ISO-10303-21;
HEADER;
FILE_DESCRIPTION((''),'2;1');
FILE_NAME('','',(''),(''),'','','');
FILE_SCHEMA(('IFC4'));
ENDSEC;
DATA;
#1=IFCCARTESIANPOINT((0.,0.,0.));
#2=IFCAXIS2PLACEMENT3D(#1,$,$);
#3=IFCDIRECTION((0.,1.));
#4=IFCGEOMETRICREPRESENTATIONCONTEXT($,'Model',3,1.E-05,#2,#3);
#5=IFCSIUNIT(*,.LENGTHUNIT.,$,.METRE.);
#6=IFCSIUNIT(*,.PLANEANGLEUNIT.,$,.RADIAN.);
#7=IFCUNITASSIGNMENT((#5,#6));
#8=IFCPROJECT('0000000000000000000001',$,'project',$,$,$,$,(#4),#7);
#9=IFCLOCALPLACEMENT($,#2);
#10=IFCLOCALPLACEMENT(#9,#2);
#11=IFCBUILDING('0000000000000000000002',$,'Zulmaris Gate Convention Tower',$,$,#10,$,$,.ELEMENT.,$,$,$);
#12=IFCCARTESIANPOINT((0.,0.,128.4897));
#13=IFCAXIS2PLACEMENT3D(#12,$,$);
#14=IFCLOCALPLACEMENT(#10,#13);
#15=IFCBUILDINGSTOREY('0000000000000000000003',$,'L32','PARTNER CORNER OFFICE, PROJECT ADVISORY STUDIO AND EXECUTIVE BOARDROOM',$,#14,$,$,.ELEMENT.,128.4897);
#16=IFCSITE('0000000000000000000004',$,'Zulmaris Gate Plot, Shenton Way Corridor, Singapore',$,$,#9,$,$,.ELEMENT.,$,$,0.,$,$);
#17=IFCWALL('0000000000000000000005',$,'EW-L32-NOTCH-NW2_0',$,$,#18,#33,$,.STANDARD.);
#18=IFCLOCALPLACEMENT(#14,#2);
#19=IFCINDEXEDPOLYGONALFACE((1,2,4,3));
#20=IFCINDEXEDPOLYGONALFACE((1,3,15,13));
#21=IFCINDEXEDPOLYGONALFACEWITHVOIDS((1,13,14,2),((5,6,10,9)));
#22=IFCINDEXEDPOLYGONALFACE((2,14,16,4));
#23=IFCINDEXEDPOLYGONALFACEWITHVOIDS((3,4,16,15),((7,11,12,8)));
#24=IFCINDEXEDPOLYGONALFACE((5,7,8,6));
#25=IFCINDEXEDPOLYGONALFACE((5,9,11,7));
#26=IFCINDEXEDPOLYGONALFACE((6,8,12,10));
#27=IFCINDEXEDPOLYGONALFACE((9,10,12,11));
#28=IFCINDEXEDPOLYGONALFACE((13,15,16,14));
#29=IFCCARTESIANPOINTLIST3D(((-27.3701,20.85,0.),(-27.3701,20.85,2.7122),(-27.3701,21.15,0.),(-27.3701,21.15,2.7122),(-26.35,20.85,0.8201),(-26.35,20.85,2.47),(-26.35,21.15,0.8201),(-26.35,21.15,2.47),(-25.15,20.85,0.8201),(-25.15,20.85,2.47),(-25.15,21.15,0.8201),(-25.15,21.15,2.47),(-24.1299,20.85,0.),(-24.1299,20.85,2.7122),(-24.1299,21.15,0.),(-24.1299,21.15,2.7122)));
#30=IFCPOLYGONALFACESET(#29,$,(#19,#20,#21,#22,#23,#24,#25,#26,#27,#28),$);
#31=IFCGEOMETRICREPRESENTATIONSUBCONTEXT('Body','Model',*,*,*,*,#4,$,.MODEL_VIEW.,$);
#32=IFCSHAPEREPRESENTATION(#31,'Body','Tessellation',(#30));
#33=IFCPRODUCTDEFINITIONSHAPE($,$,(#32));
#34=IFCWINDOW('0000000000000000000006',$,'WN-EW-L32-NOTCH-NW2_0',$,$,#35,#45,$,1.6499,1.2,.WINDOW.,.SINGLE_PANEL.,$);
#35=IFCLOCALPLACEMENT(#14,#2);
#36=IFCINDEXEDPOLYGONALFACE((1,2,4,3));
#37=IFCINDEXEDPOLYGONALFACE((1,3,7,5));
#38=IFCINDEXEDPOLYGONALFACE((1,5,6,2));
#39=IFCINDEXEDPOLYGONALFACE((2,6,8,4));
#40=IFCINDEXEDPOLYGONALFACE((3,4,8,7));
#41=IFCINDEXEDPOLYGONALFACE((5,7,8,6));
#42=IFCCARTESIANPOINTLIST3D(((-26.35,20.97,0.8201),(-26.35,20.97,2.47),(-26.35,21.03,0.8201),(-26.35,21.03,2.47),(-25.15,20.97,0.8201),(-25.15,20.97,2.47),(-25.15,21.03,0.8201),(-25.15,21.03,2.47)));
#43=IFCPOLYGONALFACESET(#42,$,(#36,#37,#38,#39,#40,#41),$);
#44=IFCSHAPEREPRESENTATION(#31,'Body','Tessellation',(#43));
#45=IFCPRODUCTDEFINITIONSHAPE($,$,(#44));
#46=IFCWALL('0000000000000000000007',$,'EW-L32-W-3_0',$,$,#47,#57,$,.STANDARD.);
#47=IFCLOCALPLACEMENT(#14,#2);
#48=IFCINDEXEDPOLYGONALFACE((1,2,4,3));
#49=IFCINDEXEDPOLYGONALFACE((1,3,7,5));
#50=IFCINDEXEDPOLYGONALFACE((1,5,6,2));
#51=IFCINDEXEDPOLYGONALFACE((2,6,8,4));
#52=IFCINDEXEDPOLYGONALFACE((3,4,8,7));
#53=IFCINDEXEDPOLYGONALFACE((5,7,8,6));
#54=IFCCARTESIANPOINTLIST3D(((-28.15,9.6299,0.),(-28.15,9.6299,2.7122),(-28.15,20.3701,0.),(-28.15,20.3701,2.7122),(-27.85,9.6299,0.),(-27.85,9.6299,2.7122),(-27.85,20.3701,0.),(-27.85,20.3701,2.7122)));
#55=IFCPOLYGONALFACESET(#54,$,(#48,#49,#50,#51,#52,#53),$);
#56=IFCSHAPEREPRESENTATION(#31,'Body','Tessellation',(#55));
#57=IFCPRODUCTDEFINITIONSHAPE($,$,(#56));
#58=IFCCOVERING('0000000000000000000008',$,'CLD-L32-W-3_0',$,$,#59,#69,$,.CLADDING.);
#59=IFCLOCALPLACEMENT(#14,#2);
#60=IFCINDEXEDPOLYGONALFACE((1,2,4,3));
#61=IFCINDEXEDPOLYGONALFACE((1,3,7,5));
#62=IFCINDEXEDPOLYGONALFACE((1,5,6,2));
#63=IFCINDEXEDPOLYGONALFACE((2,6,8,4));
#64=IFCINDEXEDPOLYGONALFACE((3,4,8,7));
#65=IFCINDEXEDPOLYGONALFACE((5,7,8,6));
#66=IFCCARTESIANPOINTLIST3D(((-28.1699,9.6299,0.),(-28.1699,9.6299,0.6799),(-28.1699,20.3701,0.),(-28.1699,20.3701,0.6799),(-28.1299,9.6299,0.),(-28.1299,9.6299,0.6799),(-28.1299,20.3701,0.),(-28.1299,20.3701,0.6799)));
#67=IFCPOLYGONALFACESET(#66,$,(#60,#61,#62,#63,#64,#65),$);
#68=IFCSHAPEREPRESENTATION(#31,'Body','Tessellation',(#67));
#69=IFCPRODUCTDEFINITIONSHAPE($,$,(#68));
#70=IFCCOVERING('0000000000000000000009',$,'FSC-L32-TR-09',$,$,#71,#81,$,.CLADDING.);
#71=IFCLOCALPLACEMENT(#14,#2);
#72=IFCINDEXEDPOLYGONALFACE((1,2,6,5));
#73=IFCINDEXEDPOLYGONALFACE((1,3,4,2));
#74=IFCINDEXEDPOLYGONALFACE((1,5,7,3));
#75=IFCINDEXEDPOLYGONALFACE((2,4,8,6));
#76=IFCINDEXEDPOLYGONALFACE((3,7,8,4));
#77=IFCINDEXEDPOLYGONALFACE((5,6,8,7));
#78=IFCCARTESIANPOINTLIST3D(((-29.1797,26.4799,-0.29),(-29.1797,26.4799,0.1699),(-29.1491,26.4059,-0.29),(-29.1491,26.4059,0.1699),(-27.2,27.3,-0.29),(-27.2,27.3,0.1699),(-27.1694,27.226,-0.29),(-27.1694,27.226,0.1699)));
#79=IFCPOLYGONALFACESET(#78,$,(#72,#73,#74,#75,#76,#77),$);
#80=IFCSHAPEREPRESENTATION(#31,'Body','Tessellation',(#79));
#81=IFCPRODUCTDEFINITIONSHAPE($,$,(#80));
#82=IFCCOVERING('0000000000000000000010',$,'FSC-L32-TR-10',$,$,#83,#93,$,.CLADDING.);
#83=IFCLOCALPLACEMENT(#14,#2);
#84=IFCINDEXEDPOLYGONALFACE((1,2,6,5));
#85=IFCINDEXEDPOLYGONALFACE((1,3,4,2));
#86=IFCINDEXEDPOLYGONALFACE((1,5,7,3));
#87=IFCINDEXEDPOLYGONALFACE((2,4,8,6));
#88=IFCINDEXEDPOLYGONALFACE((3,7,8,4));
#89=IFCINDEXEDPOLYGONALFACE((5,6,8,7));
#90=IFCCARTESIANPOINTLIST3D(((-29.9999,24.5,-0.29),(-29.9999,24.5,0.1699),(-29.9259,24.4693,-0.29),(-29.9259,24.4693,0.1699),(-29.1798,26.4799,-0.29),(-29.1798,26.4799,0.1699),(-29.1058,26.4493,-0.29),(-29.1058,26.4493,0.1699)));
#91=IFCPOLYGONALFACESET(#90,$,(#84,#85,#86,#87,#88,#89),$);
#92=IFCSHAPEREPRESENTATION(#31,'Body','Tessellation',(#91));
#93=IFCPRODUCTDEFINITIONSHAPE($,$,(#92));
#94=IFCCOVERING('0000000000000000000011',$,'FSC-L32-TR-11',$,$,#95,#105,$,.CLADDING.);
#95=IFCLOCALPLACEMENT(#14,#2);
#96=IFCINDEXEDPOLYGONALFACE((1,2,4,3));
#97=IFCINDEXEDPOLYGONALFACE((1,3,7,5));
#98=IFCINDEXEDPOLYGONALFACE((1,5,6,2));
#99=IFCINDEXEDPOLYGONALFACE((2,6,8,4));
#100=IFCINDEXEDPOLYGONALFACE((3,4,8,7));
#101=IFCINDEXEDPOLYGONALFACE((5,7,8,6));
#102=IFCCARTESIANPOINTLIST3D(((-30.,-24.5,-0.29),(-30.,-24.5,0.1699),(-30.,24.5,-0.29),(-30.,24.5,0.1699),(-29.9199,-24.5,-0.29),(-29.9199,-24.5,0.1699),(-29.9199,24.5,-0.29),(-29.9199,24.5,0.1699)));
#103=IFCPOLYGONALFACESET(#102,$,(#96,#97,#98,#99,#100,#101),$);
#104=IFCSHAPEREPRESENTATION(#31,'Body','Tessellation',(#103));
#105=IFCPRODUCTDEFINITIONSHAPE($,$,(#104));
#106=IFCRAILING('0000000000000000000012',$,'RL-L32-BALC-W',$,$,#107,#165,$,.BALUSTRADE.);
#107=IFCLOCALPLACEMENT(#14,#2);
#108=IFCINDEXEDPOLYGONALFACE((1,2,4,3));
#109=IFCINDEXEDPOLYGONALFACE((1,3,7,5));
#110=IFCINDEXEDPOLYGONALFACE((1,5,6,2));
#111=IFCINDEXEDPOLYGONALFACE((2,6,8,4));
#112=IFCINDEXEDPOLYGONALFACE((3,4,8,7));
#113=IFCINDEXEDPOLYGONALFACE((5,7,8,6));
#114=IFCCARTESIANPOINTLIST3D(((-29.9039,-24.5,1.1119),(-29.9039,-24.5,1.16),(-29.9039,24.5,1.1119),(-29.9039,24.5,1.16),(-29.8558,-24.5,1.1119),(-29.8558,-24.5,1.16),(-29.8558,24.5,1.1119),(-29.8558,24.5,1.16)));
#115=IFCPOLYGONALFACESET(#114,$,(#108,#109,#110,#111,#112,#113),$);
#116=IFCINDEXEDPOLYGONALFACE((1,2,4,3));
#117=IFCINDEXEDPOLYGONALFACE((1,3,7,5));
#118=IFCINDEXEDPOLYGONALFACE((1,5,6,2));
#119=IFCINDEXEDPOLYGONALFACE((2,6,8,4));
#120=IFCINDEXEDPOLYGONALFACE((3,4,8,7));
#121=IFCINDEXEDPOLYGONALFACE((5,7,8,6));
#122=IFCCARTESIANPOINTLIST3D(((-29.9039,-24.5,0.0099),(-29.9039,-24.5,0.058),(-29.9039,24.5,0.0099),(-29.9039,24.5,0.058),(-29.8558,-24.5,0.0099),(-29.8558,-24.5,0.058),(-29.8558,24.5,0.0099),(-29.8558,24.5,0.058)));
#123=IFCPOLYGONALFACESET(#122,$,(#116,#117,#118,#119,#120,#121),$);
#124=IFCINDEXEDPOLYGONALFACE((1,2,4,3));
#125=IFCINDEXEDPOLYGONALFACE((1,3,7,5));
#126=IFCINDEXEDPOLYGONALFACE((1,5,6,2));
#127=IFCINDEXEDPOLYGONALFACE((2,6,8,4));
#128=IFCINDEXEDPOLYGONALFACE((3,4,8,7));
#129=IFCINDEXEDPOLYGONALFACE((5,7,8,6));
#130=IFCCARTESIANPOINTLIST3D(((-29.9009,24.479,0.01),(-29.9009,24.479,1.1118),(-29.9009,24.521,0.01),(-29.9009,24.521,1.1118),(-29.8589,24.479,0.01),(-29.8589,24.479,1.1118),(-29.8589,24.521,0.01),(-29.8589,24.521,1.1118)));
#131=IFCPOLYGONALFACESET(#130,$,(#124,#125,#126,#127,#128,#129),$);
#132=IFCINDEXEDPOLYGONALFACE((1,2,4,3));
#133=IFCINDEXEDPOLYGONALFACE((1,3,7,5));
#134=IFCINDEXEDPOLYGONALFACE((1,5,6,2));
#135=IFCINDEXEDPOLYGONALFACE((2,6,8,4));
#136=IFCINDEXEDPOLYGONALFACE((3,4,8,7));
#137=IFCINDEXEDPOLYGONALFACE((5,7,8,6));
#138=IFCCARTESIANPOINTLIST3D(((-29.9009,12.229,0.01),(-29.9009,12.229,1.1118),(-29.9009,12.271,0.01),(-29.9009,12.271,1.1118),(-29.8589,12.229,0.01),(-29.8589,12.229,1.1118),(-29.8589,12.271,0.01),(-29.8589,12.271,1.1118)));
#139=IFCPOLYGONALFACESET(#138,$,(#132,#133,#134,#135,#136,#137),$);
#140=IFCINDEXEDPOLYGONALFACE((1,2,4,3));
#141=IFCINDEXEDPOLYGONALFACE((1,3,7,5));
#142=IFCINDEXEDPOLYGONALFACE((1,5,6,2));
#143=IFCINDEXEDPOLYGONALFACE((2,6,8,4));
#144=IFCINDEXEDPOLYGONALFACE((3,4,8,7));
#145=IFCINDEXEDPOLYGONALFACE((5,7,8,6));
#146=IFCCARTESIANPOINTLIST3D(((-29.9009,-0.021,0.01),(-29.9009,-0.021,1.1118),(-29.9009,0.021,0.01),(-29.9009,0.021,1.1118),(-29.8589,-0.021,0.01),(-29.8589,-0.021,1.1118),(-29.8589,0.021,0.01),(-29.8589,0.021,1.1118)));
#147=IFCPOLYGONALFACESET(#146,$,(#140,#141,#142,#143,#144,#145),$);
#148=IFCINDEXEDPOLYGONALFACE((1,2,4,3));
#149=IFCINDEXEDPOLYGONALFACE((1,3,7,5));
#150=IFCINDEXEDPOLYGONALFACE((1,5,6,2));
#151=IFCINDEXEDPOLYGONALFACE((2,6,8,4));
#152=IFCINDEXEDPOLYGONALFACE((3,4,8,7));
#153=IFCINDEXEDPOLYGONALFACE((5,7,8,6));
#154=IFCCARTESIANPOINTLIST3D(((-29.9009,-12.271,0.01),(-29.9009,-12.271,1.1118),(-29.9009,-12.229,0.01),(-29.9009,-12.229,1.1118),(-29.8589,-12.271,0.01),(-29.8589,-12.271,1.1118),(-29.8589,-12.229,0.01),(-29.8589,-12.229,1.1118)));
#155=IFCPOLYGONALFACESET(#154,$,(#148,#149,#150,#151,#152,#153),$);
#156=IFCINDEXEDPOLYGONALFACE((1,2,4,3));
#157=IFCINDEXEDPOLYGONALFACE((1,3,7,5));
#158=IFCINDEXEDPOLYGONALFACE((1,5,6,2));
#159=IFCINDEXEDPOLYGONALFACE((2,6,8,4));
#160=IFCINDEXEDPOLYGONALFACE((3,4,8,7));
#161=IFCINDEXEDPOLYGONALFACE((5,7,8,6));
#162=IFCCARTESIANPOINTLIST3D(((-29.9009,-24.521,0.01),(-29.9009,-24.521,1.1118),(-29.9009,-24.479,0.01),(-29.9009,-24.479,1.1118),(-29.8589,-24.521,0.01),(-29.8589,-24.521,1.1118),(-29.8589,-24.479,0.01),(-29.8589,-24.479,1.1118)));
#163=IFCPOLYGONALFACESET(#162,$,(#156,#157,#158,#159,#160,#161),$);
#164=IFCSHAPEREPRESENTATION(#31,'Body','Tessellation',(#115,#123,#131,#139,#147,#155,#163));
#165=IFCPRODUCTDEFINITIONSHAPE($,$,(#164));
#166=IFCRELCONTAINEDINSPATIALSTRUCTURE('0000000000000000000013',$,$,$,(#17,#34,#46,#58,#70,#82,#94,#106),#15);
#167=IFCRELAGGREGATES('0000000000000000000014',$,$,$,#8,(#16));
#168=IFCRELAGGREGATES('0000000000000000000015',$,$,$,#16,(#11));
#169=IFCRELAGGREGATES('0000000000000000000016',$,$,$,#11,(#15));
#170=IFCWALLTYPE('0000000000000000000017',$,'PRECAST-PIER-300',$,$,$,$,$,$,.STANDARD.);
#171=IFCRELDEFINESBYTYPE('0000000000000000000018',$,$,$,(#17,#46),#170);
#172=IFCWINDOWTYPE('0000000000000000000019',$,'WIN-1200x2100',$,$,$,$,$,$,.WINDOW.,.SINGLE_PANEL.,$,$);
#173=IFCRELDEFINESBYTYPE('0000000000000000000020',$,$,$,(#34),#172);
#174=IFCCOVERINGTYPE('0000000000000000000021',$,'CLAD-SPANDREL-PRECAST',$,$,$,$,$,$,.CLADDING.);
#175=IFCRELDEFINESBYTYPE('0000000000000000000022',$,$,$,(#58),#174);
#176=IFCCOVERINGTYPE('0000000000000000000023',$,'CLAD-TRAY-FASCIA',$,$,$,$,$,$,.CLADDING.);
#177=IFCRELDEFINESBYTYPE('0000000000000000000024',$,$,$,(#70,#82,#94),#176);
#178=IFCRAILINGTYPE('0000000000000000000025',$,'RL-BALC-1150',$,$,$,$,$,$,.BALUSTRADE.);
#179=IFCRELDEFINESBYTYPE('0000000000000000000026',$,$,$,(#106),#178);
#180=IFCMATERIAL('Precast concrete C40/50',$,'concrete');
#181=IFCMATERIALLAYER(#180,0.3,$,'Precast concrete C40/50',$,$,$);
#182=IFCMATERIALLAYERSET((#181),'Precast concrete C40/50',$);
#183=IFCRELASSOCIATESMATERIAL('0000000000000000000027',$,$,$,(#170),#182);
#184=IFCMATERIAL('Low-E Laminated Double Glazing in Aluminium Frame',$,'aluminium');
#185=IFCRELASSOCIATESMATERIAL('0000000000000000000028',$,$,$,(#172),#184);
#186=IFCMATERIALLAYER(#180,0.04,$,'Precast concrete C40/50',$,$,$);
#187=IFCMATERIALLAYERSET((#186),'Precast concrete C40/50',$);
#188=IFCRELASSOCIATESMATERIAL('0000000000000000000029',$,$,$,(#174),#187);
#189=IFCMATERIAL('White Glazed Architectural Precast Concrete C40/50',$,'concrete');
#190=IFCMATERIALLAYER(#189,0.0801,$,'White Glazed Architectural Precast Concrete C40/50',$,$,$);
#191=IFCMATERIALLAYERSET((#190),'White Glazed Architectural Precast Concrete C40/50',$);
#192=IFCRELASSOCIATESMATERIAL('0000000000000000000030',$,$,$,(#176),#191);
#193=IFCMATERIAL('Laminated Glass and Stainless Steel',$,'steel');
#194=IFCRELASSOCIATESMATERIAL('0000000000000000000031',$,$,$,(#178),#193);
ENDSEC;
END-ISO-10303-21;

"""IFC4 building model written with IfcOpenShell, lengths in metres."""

from ifc_helpers import new_model, si_unit, direction, frame, frame_2d, origin, origin_2d, place, context, subcontext, project, spatial, rectangle, extrude, material, layer, layer_set, type_object, element, fill, save


model = new_model("IFC4")

# Units and contexts
model_context = context("Model", 3, precision=1e-05, world=origin(), true_north=direction((0.0, 1.0)))
body_context = subcontext(model_context, "Body", "Model", "MODEL_VIEW")
ifc_project = project(units=[si_unit("LENGTHUNIT", "METRE"), si_unit("PLANEANGLEUNIT", "RADIAN")], contexts=[model_context])

# Site, building, storey
site_placement = place(None, origin())
site = spatial("IfcSite", under=ifc_project, at=site_placement, Name="Zulmaris Gate Plot, Shenton Way Corridor, Singapore", CompositionType="ELEMENT", RefElevation=0.0)
building_placement = place(site_placement, origin())
building = spatial("IfcBuilding", under=site, at=building_placement, Name="Zulmaris Gate Convention Tower", CompositionType="ELEMENT")
storey_placement = place(building_placement, frame((0.0, 0.0, 128.4897)))
storey = spatial("IfcBuildingStorey", under=building, at=storey_placement, Name="L32", Description="PARTNER CORNER OFFICE, PROJECT ADVISORY STUDIO AND EXECUTIVE BOARDROOM", CompositionType="ELEMENT", Elevation=128.4897)

# Wall, opening, window
ifc_material_1 = material(Name="Precast concrete C40/50", Category="concrete")
ifc_layer_1 = layer(ifc_material_1, 0.3, Name="Precast concrete C40/50")
ifc_layer_set_1 = layer_set([ifc_layer_1], Name="Precast concrete C40/50")
wall_type_1 = type_object("IfcWallType", Name="PRECAST-PIER-300", PredefinedType="STANDARD", material=ifc_layer_set_1)
wall_1_placement = place(storey_placement, frame((-24.1299, 21.0, 0.0), z_axis=(0.0, 0.0, 1.0), x_axis=(-1.0, 0.0, 0.0)))
wall_1 = element("IfcWall", 1, at=wall_1_placement, inside=storey, type_object=wall_type_1, Name="EW-L32-NOTCH-NW2_0", PredefinedType="STANDARD", context=body_context, shape_type="SweptSolid", body=[
    extrude(rectangle(XDim=3.2402, YDim=0.3, at=frame_2d((1.6201, 0.0))), origin(), (0.0, 0.0, 1.0), 2.7122),
])
opening_1_placement = place(wall_1_placement, frame((1.02, 0.0, 0.8201)))
opening_1 = element("IfcOpeningElement", 2, at=opening_1_placement, cuts=wall_1, PredefinedType="OPENING", context=body_context, shape_type="SweptSolid", body=[
    extrude(rectangle(XDim=1.2, YDim=1.6499, at=frame_2d((0.6001, 0.825))), frame((0.0, 0.1602, 0.0), z_axis=(0.0, -1.0, 0.0), x_axis=(1.0, 0.0, 0.0)), (0.0, 0.0, 1.0), 0.3201),
])
ifc_material_2 = material(Name="Low-E Laminated Double Glazing in Aluminium Frame", Category="aluminium")
window_type = type_object("IfcWindowType", Name="WIN-1200x2100", PartitioningType="SINGLE_PANEL", PredefinedType="WINDOW", material=ifc_material_2)
window_placement = place(opening_1_placement, origin())
window = element("IfcWindow", 3, at=window_placement, inside=storey, type_object=window_type, Name="WN-EW-L32-NOTCH-NW2_0", OverallHeight=1.6499, OverallWidth=1.2, PartitioningType="SINGLE_PANEL", PredefinedType="WINDOW", context=body_context, shape_type="SweptSolid", body=[
    extrude(rectangle(XDim=1.2, YDim=1.6499, at=frame_2d((0.6001, 0.825))), frame((0.0, 0.03, 0.0), z_axis=(0.0, -1.0, 0.0), x_axis=(1.0, 0.0, 0.0)), (0.0, 0.0, 1.0), 0.0601),
])
fill(opening_1, window)

# Wall
wall_2_placement = place(storey_placement, frame((-28.0, 20.3701, 0.0), z_axis=(0.0, 0.0, 1.0), x_axis=(0.0, -1.0, 0.0)))
element("IfcWall", 4, at=wall_2_placement, inside=storey, type_object=wall_type_1, Name="EW-L32-W-3_0", PredefinedType="STANDARD", context=body_context, shape_type="SweptSolid", body=[
    extrude(rectangle(XDim=10.7402, YDim=0.3, at=frame_2d((5.3701, 0.0))), origin(), (0.0, 0.0, 1.0), 2.7122),
])

# Coverings
ifc_layer_2 = layer(ifc_material_1, 0.04, Name="Precast concrete C40/50")
ifc_layer_set_2 = layer_set([ifc_layer_2], Name="Precast concrete C40/50")
covering_type_1 = type_object("IfcCoveringType", Name="CLAD-SPANDREL-PRECAST", PredefinedType="CLADDING", material=ifc_layer_set_2)
covering_1_placement = place(storey_placement, frame((-28.1499, 20.3701, 0.0), z_axis=(0.0, 0.0, 1.0), x_axis=(0.0, -1.0, 0.0)))
element("IfcCovering", 5, at=covering_1_placement, inside=storey, type_object=covering_type_1, Name="CLD-L32-W-3_0", PredefinedType="CLADDING", context=body_context, shape_type="SweptSolid", body=[
    extrude(rectangle(XDim=10.7402, YDim=0.04, at=frame_2d((5.3701, 0.0))), origin(), (0.0, 0.0, 1.0), 0.6799),
])
ifc_material_3 = material(Name="White Glazed Architectural Precast Concrete C40/50", Category="concrete")
ifc_layer_3 = layer(ifc_material_3, 0.0801, Name="White Glazed Architectural Precast Concrete C40/50")
ifc_layer_set_3 = layer_set([ifc_layer_3], Name="White Glazed Architectural Precast Concrete C40/50")
covering_type_2 = type_object("IfcCoveringType", Name="CLAD-TRAY-FASCIA", PredefinedType="CLADDING", material=ifc_layer_set_3)
covering_2_placement = place(storey_placement, frame((-27.1848, 27.2629, -0.29), z_axis=(0.0, 0.0, 1.0), x_axis=(-0.923874, -0.382697, 0.0)))
element("IfcCovering", 6, at=covering_2_placement, inside=storey, type_object=covering_type_2, Name="FSC-L32-TR-09", PredefinedType="CLADDING", context=body_context, shape_type="SweptSolid", body=[
    extrude(rectangle(XDim=2.1428, YDim=0.0801, at=frame_2d((1.0713, 0.0))), origin(), (0.0, 0.0, 1.0), 0.46),
])
covering_3_placement = place(storey_placement, frame((-29.1428, 26.4646, -0.29), z_axis=(0.0, 0.0, 1.0), x_axis=(-0.382657, -0.92389, 0.0)))
element("IfcCovering", 7, at=covering_3_placement, inside=storey, type_object=covering_type_2, Name="FSC-L32-TR-10", PredefinedType="CLADDING", context=body_context, shape_type="SweptSolid", body=[
    extrude(rectangle(XDim=2.1431, YDim=0.0801, at=frame_2d((1.0715, 0.0))), origin(), (0.0, 0.0, 1.0), 0.46),
])
covering_4_placement = place(storey_placement, frame((-29.96, 24.5, -0.29), z_axis=(0.0, 0.0, 1.0), x_axis=(0.0, -1.0, 0.0)))
element("IfcCovering", 8, at=covering_4_placement, inside=storey, type_object=covering_type_2, Name="FSC-L32-TR-11", PredefinedType="CLADDING", context=body_context, shape_type="SweptSolid", body=[
    extrude(rectangle(XDim=49.0, YDim=0.0801, at=frame_2d((24.5, 0.0))), origin(), (0.0, 0.0, 1.0), 0.46),
])

# Railing
ifc_material_4 = material(Name="Laminated Glass and Stainless Steel", Category="steel")
railing_type = type_object("IfcRailingType", Name="RL-BALC-1150", PredefinedType="BALUSTRADE", material=ifc_material_4)
railing_placement = place(storey_placement, frame((-29.8799, 24.5, 0.01)))
element("IfcRailing", 9, at=railing_placement, inside=storey, type_object=railing_type, Name="RL-L32-BALC-W", PredefinedType="BALUSTRADE", context=body_context, shape_type="SweptSolid", body=[
    extrude(rectangle(XDim=0.0481, YDim=0.0481, at=origin_2d()), frame((0.0, 0.0, 1.126), z_axis=(0.0, -1.0, 0.0), x_axis=(1.0, 0.0, 0.0)), (0.0, 0.0, 1.0), 49.0),
    extrude(rectangle(XDim=0.0481, YDim=0.0481, at=origin_2d()), frame((0.0, 0.0, 0.0239), z_axis=(0.0, -1.0, 0.0), x_axis=(1.0, 0.0, 0.0)), (0.0, 0.0, 1.0), 49.0),
    extrude(rectangle(XDim=0.042, YDim=0.042, at=origin_2d()), origin(), (0.0, 0.0, 1.0), 1.1018),
    extrude(rectangle(XDim=0.042, YDim=0.042, at=origin_2d()), frame((0.0, -12.25, 0.0)), (0.0, 0.0, 1.0), 1.1018),
    extrude(rectangle(XDim=0.042, YDim=0.042, at=origin_2d()), frame((0.0, -24.5, 0.0)), (0.0, 0.0, 1.0), 1.1018),
    extrude(rectangle(XDim=0.042, YDim=0.042, at=origin_2d()), frame((0.0, -36.75, 0.0)), (0.0, 0.0, 1.0), 1.1018),
    extrude(rectangle(XDim=0.042, YDim=0.042, at=origin_2d()), frame((0.0, -49.0, 0.0)), (0.0, 0.0, 1.0), 1.1018),
])

save(model, "model.ifc")
